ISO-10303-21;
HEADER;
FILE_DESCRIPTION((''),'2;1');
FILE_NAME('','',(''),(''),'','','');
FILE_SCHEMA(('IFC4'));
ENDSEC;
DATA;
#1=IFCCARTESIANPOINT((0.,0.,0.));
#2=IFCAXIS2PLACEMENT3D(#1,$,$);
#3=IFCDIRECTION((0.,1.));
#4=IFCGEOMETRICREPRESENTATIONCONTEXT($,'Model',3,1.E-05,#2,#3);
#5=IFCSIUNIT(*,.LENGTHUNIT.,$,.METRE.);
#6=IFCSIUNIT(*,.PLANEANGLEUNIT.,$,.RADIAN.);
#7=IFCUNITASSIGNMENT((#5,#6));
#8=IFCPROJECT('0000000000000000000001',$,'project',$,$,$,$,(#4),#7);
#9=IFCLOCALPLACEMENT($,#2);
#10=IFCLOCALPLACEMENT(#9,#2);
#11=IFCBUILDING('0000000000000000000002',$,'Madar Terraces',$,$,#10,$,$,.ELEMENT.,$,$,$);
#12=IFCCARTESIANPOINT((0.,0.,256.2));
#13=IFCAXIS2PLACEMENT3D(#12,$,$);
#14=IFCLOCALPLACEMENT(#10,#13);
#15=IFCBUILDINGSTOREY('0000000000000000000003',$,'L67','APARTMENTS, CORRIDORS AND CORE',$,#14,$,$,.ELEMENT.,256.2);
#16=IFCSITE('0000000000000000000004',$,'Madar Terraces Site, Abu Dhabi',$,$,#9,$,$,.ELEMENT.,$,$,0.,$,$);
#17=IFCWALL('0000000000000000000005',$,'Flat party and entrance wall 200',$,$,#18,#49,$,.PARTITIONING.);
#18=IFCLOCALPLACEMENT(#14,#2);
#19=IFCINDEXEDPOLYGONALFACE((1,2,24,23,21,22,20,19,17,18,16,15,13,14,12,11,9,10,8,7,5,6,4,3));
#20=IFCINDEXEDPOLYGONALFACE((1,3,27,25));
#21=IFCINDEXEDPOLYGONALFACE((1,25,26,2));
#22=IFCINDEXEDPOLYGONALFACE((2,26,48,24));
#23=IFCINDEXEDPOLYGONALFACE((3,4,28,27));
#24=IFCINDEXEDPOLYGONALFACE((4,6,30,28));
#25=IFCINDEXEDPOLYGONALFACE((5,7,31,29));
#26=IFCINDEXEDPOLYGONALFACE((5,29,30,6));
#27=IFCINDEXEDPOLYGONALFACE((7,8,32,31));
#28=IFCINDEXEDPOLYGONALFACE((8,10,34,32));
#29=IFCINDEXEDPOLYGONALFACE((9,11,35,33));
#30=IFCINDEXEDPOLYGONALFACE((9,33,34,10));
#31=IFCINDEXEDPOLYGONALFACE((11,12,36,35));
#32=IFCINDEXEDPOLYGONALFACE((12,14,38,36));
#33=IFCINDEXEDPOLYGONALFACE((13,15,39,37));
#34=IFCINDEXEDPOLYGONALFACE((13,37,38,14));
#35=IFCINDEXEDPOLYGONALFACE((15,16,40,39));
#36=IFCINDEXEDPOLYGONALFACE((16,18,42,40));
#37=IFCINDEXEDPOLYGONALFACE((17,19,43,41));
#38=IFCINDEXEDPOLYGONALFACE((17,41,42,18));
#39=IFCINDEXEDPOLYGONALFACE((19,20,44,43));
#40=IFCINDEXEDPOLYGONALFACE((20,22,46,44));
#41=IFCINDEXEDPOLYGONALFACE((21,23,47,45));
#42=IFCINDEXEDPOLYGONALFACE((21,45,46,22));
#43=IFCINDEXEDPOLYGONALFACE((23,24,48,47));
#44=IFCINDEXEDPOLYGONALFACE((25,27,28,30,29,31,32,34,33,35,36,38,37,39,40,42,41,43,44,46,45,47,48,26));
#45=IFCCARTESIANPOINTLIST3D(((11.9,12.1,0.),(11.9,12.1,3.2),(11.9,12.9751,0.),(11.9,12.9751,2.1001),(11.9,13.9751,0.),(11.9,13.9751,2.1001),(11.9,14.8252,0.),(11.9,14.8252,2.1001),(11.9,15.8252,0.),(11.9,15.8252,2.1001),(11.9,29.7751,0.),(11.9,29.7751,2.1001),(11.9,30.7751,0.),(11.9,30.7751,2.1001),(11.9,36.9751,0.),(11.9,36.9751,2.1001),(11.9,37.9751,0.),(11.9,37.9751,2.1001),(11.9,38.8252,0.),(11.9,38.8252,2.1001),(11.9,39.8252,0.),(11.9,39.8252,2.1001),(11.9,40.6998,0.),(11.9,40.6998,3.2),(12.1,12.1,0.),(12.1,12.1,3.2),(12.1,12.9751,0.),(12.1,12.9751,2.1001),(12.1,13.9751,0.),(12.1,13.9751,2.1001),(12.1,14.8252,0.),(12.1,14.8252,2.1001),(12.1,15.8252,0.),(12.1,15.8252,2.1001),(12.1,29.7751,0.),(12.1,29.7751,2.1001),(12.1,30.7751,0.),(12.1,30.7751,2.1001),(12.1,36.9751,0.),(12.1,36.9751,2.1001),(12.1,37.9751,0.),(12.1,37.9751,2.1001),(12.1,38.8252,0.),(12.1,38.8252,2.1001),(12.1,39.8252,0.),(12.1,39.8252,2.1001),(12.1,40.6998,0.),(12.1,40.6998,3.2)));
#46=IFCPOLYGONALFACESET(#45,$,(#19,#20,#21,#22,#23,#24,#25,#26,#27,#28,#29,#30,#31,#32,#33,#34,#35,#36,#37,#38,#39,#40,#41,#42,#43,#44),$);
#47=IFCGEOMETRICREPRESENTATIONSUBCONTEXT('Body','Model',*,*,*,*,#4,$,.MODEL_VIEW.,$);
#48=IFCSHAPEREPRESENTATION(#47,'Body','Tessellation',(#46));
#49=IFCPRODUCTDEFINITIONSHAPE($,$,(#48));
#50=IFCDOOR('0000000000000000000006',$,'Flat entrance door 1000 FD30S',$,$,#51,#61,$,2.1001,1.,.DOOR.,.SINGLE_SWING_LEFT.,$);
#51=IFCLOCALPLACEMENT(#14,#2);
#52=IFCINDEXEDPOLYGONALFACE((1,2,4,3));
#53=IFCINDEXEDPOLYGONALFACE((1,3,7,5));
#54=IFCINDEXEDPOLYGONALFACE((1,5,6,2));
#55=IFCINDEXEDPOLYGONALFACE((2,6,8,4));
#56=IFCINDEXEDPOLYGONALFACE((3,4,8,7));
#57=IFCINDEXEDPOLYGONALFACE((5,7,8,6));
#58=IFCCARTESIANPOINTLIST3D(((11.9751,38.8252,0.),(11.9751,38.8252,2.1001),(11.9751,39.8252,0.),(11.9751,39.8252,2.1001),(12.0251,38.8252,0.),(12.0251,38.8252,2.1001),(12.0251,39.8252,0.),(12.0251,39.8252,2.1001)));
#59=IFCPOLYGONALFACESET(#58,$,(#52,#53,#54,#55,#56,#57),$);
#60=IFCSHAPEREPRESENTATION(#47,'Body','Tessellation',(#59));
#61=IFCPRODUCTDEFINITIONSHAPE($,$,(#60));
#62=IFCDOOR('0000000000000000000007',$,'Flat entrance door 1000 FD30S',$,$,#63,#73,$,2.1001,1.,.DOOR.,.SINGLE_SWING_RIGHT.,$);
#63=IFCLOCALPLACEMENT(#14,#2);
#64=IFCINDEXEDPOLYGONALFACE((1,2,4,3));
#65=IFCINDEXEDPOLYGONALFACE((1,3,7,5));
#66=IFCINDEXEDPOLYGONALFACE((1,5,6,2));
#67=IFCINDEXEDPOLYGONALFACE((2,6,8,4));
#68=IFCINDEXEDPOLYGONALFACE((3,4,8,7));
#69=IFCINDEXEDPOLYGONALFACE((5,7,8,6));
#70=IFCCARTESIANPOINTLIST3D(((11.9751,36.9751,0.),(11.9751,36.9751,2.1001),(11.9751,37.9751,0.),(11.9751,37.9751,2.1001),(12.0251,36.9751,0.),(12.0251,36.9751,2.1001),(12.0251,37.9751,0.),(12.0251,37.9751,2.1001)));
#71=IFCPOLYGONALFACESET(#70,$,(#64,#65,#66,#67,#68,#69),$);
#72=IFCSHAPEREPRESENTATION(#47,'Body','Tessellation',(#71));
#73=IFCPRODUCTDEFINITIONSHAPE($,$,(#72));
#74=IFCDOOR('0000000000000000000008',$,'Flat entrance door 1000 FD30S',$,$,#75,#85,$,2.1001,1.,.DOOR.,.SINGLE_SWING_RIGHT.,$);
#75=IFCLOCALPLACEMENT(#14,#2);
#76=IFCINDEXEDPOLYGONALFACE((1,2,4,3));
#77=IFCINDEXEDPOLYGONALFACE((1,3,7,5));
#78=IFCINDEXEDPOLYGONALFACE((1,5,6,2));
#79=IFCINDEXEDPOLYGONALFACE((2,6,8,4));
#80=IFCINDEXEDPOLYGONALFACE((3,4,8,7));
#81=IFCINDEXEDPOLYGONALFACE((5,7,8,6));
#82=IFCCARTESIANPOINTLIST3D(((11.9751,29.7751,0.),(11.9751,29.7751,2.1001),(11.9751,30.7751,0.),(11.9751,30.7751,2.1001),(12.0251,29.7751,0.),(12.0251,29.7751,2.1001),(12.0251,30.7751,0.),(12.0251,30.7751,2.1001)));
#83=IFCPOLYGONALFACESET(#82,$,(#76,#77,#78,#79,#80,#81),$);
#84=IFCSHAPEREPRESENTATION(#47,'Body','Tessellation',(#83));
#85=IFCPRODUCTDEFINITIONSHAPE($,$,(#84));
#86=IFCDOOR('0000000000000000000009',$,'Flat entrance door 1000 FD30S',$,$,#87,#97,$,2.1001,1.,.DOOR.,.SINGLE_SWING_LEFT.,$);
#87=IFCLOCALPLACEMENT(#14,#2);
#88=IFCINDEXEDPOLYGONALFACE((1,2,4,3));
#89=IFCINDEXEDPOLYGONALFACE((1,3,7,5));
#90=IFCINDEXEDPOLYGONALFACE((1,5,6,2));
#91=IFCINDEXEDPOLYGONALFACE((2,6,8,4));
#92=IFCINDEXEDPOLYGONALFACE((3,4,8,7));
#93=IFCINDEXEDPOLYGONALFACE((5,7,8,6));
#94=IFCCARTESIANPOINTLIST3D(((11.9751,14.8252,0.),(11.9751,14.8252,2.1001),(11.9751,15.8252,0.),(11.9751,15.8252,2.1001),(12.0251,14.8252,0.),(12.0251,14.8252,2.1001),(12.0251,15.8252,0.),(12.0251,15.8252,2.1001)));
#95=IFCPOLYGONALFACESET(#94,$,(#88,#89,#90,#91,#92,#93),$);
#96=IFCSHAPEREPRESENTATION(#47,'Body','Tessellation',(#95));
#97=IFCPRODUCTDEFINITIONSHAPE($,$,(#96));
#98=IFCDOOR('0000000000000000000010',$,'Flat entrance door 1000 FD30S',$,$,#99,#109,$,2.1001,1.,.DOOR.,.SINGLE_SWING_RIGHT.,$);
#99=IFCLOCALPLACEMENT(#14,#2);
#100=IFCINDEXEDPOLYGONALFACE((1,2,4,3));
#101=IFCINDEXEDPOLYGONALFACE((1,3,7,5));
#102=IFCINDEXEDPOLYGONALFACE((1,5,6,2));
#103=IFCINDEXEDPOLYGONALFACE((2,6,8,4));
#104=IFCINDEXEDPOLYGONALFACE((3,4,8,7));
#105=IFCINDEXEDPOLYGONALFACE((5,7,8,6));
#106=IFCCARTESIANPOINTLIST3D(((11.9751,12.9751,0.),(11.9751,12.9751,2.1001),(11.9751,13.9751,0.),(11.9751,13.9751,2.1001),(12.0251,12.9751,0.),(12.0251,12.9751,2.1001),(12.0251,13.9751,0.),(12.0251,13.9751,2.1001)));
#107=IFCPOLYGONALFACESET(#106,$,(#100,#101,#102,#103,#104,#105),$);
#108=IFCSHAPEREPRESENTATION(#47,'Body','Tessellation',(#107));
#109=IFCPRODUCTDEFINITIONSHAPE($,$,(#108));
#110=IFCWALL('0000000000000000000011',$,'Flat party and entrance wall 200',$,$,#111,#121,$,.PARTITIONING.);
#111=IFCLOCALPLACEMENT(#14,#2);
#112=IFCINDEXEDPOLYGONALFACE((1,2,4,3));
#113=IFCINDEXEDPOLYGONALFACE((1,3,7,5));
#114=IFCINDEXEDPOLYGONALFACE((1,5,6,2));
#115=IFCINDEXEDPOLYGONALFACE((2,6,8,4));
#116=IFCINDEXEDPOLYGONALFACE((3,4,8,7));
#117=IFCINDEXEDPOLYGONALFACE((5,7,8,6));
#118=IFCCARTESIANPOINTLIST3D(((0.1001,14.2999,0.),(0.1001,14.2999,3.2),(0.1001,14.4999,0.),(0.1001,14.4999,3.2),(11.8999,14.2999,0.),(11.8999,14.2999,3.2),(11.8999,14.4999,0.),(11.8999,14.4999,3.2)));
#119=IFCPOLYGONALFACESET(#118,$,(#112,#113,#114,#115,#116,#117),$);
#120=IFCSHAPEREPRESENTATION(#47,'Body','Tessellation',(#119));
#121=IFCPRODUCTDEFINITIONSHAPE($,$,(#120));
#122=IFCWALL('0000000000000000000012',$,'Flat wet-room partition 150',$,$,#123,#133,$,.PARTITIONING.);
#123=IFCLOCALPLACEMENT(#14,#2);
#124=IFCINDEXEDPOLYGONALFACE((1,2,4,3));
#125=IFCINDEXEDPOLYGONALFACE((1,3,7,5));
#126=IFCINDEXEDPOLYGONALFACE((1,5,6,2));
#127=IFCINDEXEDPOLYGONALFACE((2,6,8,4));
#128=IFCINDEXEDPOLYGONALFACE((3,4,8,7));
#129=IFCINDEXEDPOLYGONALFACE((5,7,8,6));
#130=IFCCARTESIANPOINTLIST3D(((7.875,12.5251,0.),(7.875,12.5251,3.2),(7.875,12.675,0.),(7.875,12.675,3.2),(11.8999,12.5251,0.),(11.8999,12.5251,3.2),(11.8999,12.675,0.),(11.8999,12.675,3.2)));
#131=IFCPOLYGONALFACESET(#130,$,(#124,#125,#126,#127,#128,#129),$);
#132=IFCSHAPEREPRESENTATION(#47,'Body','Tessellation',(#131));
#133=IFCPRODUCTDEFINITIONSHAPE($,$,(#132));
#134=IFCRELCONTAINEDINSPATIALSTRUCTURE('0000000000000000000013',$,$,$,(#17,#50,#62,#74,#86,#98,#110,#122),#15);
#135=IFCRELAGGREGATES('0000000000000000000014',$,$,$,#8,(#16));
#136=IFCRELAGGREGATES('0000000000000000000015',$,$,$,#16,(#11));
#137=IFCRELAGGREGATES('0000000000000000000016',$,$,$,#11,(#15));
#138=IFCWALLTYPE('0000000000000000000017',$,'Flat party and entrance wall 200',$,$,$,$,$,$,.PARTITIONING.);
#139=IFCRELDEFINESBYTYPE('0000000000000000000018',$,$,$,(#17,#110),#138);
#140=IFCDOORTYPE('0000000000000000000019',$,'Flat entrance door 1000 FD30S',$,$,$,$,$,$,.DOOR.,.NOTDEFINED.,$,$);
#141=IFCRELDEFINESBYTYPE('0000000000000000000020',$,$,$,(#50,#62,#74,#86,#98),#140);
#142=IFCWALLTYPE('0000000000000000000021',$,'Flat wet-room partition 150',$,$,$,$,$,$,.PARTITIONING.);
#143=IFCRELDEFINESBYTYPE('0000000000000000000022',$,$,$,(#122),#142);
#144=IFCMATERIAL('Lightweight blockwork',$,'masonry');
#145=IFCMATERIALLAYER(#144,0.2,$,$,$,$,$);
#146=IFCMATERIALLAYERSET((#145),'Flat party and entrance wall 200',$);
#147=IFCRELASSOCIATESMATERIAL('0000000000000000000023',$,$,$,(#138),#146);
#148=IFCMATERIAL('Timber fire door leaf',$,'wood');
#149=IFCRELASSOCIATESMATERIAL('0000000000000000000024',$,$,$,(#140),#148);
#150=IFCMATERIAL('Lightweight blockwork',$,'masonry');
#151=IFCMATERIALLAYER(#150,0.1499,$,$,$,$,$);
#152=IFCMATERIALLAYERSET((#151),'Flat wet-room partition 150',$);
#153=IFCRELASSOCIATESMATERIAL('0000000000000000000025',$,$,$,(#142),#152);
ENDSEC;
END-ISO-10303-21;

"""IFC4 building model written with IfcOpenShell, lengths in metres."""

from ifc_helpers import new_model, si_unit, direction, frame, frame_2d, origin, place, context, subcontext, project, spatial, rectangle, extrude, material, layer, layer_set, type_object, element, fill, save


model = new_model("IFC4")

# Units and contexts
model_context = context("Model", 3, precision=1e-05, world=origin(), true_north=direction((0.0, 1.0)))
body_context = subcontext(model_context, "Body", "Model", "MODEL_VIEW")
ifc_project = project(units=[si_unit("LENGTHUNIT", "METRE"), si_unit("PLANEANGLEUNIT", "RADIAN")], contexts=[model_context])

# Site, building, storey
site_placement = place(None, origin())
site = spatial("IfcSite", under=ifc_project, at=site_placement, Name="Madar Terraces Site, Abu Dhabi", CompositionType="ELEMENT", RefElevation=0.0)
building_placement = place(site_placement, origin())
building = spatial("IfcBuilding", under=site, at=building_placement, Name="Madar Terraces", CompositionType="ELEMENT")
storey_placement = place(building_placement, frame((0.0, 0.0, 256.2)))
storey = spatial("IfcBuildingStorey", under=building, at=storey_placement, Name="L67", Description="APARTMENTS, CORRIDORS AND CORE", CompositionType="ELEMENT", Elevation=256.2)

# Wall, openings, doors
ifc_material_1 = material(Name="Lightweight blockwork", Category="masonry")
ifc_layer_1 = layer(ifc_material_1, 0.2)
ifc_layer_set_1 = layer_set([ifc_layer_1], Name="Flat party and entrance wall 200")
wall_type_1 = type_object("IfcWallType", Name="Flat party and entrance wall 200", PredefinedType="PARTITIONING", material=ifc_layer_set_1)
wall_1_placement = place(storey_placement, frame((12.0, 12.1001, 0.0), z_axis=(0.0, 0.0, 1.0), x_axis=(0.0, 1.0, 0.0)))
wall_1 = element("IfcWall", 1, at=wall_1_placement, inside=storey, type_object=wall_type_1, Name="Flat party and entrance wall 200", PredefinedType="PARTITIONING", context=body_context, shape_type="SweptSolid", body=[
    extrude(rectangle(XDim=28.5999, YDim=0.2, at=frame_2d((14.2998, 0.0))), origin(), (0.0, 0.0, 1.0), 3.2),
])
opening_1_placement = place(wall_1_placement, frame((26.7251, 0.0, 0.0)))
opening_1 = element("IfcOpeningElement", 2, at=opening_1_placement, cuts=wall_1, PredefinedType="OPENING", context=body_context, shape_type="SweptSolid", body=[
    extrude(rectangle(XDim=1.0, YDim=2.1001, at=frame_2d((0.5, 1.05))), frame((0.0, 0.1099, 0.0), z_axis=(0.0, -1.0, 0.0), x_axis=(1.0, 0.0, 0.0)), (0.0, 0.0, 1.0), 0.22),
])
opening_2_placement = place(wall_1_placement, frame((24.875, 0.0, 0.0)))
opening_2 = element("IfcOpeningElement", 3, at=opening_2_placement, cuts=wall_1, PredefinedType="OPENING", context=body_context, shape_type="SweptSolid", body=[
    extrude(rectangle(XDim=1.0, YDim=2.1001, at=frame_2d((0.5, 1.05))), frame((0.0, 0.1099, 0.0), z_axis=(0.0, -1.0, 0.0), x_axis=(1.0, 0.0, 0.0)), (0.0, 0.0, 1.0), 0.22),
])
opening_3_placement = place(wall_1_placement, frame((17.675, 0.0, 0.0)))
opening_3 = element("IfcOpeningElement", 4, at=opening_3_placement, cuts=wall_1, PredefinedType="OPENING", context=body_context, shape_type="SweptSolid", body=[
    extrude(rectangle(XDim=1.0, YDim=2.1001, at=frame_2d((0.5, 1.05))), frame((0.0, 0.1099, 0.0), z_axis=(0.0, -1.0, 0.0), x_axis=(1.0, 0.0, 0.0)), (0.0, 0.0, 1.0), 0.22),
])
opening_4_placement = place(wall_1_placement, frame((2.7251, 0.0, 0.0)))
opening_4 = element("IfcOpeningElement", 5, at=opening_4_placement, cuts=wall_1, PredefinedType="OPENING", context=body_context, shape_type="SweptSolid", body=[
    extrude(rectangle(XDim=1.0, YDim=2.1001, at=frame_2d((0.5, 1.05))), frame((0.0, 0.1099, 0.0), z_axis=(0.0, -1.0, 0.0), x_axis=(1.0, 0.0, 0.0)), (0.0, 0.0, 1.0), 0.22),
])
opening_5_placement = place(wall_1_placement, frame((0.875, 0.0, 0.0)))
opening_5 = element("IfcOpeningElement", 6, at=opening_5_placement, cuts=wall_1, PredefinedType="OPENING", context=body_context, shape_type="SweptSolid", body=[
    extrude(rectangle(XDim=1.0, YDim=2.1001, at=frame_2d((0.5, 1.05))), frame((0.0, 0.1099, 0.0), z_axis=(0.0, -1.0, 0.0), x_axis=(1.0, 0.0, 0.0)), (0.0, 0.0, 1.0), 0.22),
])
ifc_material_2 = material(Name="Timber fire door leaf", Category="wood")
door_type_1 = type_object("IfcDoorType", Name="Flat entrance door 1000 FD30S", OperationType="NOTDEFINED", PredefinedType="DOOR", material=ifc_material_2)
door_1_placement = place(opening_1_placement, origin())
door_1 = element("IfcDoor", 7, at=door_1_placement, inside=storey, type_object=door_type_1, Name="Flat entrance door 1000 FD30S", OperationType="SINGLE_SWING_LEFT", OverallHeight=2.1001, OverallWidth=1.0, PredefinedType="DOOR", context=body_context, shape_type="SweptSolid", body=[
    extrude(rectangle(XDim=1.0, YDim=2.1001, at=frame_2d((0.5, 1.05))), frame((0.0, 0.0249, 0.0), z_axis=(0.0, -1.0, 0.0), x_axis=(1.0, 0.0, 0.0)), (0.0, 0.0, 1.0), 0.05),
])
fill(opening_1, door_1)
door_2_placement = place(opening_2_placement, origin())
door_2 = element("IfcDoor", 8, at=door_2_placement, inside=storey, type_object=door_type_1, Name="Flat entrance door 1000 FD30S", OperationType="SINGLE_SWING_RIGHT", OverallHeight=2.1001, OverallWidth=1.0, PredefinedType="DOOR", context=body_context, shape_type="SweptSolid", body=[
    extrude(rectangle(XDim=1.0, YDim=2.1001, at=frame_2d((0.5, 1.05))), frame((0.0, 0.0249, 0.0), z_axis=(0.0, -1.0, 0.0), x_axis=(1.0, 0.0, 0.0)), (0.0, 0.0, 1.0), 0.05),
])
fill(opening_2, door_2)
door_3_placement = place(opening_3_placement, origin())
door_3 = element("IfcDoor", 9, at=door_3_placement, inside=storey, type_object=door_type_1, Name="Flat entrance door 1000 FD30S", OperationType="SINGLE_SWING_RIGHT", OverallHeight=2.1001, OverallWidth=1.0, PredefinedType="DOOR", context=body_context, shape_type="SweptSolid", body=[
    extrude(rectangle(XDim=1.0, YDim=2.1001, at=frame_2d((0.5, 1.05))), frame((0.0, 0.0249, 0.0), z_axis=(0.0, -1.0, 0.0), x_axis=(1.0, 0.0, 0.0)), (0.0, 0.0, 1.0), 0.05),
])
fill(opening_3, door_3)
door_4_placement = place(opening_4_placement, origin())
door_4 = element("IfcDoor", 10, at=door_4_placement, inside=storey, type_object=door_type_1, Name="Flat entrance door 1000 FD30S", OperationType="SINGLE_SWING_LEFT", OverallHeight=2.1001, OverallWidth=1.0, PredefinedType="DOOR", context=body_context, shape_type="SweptSolid", body=[
    extrude(rectangle(XDim=1.0, YDim=2.1001, at=frame_2d((0.5, 1.05))), frame((0.0, 0.0249, 0.0), z_axis=(0.0, -1.0, 0.0), x_axis=(1.0, 0.0, 0.0)), (0.0, 0.0, 1.0), 0.05),
])
fill(opening_4, door_4)
door_5_placement = place(opening_5_placement, origin())
door_5 = element("IfcDoor", 11, at=door_5_placement, inside=storey, type_object=door_type_1, Name="Flat entrance door 1000 FD30S", OperationType="SINGLE_SWING_RIGHT", OverallHeight=2.1001, OverallWidth=1.0, PredefinedType="DOOR", context=body_context, shape_type="SweptSolid", body=[
    extrude(rectangle(XDim=1.0, YDim=2.1001, at=frame_2d((0.5, 1.05))), frame((0.0, 0.0249, 0.0), z_axis=(0.0, -1.0, 0.0), x_axis=(1.0, 0.0, 0.0)), (0.0, 0.0, 1.0), 0.05),
])
fill(opening_5, door_5)

# Walls
wall_2_placement = place(storey_placement, frame((0.1001, 14.3999, 0.0), z_axis=(0.0, 0.0, 1.0), x_axis=(1.0, 0.0, 0.0)))
element("IfcWall", 12, at=wall_2_placement, inside=storey, type_object=wall_type_1, Name="Flat party and entrance wall 200", PredefinedType="PARTITIONING", context=body_context, shape_type="SweptSolid", body=[
    extrude(rectangle(XDim=11.7998, YDim=0.2, at=frame_2d((5.8999, 0.0))), origin(), (0.0, 0.0, 1.0), 3.2),
])
ifc_material_3 = material(Name="Lightweight blockwork", Category="masonry")
ifc_layer_2 = layer(ifc_material_3, 0.1499)
ifc_layer_set_2 = layer_set([ifc_layer_2], Name="Flat wet-room partition 150")
wall_type_2 = type_object("IfcWallType", Name="Flat wet-room partition 150", PredefinedType="PARTITIONING", material=ifc_layer_set_2)
wall_3_placement = place(storey_placement, frame((11.8999, 12.6001, 0.0), z_axis=(0.0, 0.0, 1.0), x_axis=(-1.0, 0.0, 0.0)))
element("IfcWall", 13, at=wall_3_placement, inside=storey, type_object=wall_type_2, Name="Flat wet-room partition 150", PredefinedType="PARTITIONING", context=body_context, shape_type="SweptSolid", body=[
    extrude(rectangle(XDim=4.0249, YDim=0.1499, at=frame_2d((2.0125, 0.0))), origin(), (0.0, 0.0, 1.0), 3.2),
])

save(model, "model.ifc")
